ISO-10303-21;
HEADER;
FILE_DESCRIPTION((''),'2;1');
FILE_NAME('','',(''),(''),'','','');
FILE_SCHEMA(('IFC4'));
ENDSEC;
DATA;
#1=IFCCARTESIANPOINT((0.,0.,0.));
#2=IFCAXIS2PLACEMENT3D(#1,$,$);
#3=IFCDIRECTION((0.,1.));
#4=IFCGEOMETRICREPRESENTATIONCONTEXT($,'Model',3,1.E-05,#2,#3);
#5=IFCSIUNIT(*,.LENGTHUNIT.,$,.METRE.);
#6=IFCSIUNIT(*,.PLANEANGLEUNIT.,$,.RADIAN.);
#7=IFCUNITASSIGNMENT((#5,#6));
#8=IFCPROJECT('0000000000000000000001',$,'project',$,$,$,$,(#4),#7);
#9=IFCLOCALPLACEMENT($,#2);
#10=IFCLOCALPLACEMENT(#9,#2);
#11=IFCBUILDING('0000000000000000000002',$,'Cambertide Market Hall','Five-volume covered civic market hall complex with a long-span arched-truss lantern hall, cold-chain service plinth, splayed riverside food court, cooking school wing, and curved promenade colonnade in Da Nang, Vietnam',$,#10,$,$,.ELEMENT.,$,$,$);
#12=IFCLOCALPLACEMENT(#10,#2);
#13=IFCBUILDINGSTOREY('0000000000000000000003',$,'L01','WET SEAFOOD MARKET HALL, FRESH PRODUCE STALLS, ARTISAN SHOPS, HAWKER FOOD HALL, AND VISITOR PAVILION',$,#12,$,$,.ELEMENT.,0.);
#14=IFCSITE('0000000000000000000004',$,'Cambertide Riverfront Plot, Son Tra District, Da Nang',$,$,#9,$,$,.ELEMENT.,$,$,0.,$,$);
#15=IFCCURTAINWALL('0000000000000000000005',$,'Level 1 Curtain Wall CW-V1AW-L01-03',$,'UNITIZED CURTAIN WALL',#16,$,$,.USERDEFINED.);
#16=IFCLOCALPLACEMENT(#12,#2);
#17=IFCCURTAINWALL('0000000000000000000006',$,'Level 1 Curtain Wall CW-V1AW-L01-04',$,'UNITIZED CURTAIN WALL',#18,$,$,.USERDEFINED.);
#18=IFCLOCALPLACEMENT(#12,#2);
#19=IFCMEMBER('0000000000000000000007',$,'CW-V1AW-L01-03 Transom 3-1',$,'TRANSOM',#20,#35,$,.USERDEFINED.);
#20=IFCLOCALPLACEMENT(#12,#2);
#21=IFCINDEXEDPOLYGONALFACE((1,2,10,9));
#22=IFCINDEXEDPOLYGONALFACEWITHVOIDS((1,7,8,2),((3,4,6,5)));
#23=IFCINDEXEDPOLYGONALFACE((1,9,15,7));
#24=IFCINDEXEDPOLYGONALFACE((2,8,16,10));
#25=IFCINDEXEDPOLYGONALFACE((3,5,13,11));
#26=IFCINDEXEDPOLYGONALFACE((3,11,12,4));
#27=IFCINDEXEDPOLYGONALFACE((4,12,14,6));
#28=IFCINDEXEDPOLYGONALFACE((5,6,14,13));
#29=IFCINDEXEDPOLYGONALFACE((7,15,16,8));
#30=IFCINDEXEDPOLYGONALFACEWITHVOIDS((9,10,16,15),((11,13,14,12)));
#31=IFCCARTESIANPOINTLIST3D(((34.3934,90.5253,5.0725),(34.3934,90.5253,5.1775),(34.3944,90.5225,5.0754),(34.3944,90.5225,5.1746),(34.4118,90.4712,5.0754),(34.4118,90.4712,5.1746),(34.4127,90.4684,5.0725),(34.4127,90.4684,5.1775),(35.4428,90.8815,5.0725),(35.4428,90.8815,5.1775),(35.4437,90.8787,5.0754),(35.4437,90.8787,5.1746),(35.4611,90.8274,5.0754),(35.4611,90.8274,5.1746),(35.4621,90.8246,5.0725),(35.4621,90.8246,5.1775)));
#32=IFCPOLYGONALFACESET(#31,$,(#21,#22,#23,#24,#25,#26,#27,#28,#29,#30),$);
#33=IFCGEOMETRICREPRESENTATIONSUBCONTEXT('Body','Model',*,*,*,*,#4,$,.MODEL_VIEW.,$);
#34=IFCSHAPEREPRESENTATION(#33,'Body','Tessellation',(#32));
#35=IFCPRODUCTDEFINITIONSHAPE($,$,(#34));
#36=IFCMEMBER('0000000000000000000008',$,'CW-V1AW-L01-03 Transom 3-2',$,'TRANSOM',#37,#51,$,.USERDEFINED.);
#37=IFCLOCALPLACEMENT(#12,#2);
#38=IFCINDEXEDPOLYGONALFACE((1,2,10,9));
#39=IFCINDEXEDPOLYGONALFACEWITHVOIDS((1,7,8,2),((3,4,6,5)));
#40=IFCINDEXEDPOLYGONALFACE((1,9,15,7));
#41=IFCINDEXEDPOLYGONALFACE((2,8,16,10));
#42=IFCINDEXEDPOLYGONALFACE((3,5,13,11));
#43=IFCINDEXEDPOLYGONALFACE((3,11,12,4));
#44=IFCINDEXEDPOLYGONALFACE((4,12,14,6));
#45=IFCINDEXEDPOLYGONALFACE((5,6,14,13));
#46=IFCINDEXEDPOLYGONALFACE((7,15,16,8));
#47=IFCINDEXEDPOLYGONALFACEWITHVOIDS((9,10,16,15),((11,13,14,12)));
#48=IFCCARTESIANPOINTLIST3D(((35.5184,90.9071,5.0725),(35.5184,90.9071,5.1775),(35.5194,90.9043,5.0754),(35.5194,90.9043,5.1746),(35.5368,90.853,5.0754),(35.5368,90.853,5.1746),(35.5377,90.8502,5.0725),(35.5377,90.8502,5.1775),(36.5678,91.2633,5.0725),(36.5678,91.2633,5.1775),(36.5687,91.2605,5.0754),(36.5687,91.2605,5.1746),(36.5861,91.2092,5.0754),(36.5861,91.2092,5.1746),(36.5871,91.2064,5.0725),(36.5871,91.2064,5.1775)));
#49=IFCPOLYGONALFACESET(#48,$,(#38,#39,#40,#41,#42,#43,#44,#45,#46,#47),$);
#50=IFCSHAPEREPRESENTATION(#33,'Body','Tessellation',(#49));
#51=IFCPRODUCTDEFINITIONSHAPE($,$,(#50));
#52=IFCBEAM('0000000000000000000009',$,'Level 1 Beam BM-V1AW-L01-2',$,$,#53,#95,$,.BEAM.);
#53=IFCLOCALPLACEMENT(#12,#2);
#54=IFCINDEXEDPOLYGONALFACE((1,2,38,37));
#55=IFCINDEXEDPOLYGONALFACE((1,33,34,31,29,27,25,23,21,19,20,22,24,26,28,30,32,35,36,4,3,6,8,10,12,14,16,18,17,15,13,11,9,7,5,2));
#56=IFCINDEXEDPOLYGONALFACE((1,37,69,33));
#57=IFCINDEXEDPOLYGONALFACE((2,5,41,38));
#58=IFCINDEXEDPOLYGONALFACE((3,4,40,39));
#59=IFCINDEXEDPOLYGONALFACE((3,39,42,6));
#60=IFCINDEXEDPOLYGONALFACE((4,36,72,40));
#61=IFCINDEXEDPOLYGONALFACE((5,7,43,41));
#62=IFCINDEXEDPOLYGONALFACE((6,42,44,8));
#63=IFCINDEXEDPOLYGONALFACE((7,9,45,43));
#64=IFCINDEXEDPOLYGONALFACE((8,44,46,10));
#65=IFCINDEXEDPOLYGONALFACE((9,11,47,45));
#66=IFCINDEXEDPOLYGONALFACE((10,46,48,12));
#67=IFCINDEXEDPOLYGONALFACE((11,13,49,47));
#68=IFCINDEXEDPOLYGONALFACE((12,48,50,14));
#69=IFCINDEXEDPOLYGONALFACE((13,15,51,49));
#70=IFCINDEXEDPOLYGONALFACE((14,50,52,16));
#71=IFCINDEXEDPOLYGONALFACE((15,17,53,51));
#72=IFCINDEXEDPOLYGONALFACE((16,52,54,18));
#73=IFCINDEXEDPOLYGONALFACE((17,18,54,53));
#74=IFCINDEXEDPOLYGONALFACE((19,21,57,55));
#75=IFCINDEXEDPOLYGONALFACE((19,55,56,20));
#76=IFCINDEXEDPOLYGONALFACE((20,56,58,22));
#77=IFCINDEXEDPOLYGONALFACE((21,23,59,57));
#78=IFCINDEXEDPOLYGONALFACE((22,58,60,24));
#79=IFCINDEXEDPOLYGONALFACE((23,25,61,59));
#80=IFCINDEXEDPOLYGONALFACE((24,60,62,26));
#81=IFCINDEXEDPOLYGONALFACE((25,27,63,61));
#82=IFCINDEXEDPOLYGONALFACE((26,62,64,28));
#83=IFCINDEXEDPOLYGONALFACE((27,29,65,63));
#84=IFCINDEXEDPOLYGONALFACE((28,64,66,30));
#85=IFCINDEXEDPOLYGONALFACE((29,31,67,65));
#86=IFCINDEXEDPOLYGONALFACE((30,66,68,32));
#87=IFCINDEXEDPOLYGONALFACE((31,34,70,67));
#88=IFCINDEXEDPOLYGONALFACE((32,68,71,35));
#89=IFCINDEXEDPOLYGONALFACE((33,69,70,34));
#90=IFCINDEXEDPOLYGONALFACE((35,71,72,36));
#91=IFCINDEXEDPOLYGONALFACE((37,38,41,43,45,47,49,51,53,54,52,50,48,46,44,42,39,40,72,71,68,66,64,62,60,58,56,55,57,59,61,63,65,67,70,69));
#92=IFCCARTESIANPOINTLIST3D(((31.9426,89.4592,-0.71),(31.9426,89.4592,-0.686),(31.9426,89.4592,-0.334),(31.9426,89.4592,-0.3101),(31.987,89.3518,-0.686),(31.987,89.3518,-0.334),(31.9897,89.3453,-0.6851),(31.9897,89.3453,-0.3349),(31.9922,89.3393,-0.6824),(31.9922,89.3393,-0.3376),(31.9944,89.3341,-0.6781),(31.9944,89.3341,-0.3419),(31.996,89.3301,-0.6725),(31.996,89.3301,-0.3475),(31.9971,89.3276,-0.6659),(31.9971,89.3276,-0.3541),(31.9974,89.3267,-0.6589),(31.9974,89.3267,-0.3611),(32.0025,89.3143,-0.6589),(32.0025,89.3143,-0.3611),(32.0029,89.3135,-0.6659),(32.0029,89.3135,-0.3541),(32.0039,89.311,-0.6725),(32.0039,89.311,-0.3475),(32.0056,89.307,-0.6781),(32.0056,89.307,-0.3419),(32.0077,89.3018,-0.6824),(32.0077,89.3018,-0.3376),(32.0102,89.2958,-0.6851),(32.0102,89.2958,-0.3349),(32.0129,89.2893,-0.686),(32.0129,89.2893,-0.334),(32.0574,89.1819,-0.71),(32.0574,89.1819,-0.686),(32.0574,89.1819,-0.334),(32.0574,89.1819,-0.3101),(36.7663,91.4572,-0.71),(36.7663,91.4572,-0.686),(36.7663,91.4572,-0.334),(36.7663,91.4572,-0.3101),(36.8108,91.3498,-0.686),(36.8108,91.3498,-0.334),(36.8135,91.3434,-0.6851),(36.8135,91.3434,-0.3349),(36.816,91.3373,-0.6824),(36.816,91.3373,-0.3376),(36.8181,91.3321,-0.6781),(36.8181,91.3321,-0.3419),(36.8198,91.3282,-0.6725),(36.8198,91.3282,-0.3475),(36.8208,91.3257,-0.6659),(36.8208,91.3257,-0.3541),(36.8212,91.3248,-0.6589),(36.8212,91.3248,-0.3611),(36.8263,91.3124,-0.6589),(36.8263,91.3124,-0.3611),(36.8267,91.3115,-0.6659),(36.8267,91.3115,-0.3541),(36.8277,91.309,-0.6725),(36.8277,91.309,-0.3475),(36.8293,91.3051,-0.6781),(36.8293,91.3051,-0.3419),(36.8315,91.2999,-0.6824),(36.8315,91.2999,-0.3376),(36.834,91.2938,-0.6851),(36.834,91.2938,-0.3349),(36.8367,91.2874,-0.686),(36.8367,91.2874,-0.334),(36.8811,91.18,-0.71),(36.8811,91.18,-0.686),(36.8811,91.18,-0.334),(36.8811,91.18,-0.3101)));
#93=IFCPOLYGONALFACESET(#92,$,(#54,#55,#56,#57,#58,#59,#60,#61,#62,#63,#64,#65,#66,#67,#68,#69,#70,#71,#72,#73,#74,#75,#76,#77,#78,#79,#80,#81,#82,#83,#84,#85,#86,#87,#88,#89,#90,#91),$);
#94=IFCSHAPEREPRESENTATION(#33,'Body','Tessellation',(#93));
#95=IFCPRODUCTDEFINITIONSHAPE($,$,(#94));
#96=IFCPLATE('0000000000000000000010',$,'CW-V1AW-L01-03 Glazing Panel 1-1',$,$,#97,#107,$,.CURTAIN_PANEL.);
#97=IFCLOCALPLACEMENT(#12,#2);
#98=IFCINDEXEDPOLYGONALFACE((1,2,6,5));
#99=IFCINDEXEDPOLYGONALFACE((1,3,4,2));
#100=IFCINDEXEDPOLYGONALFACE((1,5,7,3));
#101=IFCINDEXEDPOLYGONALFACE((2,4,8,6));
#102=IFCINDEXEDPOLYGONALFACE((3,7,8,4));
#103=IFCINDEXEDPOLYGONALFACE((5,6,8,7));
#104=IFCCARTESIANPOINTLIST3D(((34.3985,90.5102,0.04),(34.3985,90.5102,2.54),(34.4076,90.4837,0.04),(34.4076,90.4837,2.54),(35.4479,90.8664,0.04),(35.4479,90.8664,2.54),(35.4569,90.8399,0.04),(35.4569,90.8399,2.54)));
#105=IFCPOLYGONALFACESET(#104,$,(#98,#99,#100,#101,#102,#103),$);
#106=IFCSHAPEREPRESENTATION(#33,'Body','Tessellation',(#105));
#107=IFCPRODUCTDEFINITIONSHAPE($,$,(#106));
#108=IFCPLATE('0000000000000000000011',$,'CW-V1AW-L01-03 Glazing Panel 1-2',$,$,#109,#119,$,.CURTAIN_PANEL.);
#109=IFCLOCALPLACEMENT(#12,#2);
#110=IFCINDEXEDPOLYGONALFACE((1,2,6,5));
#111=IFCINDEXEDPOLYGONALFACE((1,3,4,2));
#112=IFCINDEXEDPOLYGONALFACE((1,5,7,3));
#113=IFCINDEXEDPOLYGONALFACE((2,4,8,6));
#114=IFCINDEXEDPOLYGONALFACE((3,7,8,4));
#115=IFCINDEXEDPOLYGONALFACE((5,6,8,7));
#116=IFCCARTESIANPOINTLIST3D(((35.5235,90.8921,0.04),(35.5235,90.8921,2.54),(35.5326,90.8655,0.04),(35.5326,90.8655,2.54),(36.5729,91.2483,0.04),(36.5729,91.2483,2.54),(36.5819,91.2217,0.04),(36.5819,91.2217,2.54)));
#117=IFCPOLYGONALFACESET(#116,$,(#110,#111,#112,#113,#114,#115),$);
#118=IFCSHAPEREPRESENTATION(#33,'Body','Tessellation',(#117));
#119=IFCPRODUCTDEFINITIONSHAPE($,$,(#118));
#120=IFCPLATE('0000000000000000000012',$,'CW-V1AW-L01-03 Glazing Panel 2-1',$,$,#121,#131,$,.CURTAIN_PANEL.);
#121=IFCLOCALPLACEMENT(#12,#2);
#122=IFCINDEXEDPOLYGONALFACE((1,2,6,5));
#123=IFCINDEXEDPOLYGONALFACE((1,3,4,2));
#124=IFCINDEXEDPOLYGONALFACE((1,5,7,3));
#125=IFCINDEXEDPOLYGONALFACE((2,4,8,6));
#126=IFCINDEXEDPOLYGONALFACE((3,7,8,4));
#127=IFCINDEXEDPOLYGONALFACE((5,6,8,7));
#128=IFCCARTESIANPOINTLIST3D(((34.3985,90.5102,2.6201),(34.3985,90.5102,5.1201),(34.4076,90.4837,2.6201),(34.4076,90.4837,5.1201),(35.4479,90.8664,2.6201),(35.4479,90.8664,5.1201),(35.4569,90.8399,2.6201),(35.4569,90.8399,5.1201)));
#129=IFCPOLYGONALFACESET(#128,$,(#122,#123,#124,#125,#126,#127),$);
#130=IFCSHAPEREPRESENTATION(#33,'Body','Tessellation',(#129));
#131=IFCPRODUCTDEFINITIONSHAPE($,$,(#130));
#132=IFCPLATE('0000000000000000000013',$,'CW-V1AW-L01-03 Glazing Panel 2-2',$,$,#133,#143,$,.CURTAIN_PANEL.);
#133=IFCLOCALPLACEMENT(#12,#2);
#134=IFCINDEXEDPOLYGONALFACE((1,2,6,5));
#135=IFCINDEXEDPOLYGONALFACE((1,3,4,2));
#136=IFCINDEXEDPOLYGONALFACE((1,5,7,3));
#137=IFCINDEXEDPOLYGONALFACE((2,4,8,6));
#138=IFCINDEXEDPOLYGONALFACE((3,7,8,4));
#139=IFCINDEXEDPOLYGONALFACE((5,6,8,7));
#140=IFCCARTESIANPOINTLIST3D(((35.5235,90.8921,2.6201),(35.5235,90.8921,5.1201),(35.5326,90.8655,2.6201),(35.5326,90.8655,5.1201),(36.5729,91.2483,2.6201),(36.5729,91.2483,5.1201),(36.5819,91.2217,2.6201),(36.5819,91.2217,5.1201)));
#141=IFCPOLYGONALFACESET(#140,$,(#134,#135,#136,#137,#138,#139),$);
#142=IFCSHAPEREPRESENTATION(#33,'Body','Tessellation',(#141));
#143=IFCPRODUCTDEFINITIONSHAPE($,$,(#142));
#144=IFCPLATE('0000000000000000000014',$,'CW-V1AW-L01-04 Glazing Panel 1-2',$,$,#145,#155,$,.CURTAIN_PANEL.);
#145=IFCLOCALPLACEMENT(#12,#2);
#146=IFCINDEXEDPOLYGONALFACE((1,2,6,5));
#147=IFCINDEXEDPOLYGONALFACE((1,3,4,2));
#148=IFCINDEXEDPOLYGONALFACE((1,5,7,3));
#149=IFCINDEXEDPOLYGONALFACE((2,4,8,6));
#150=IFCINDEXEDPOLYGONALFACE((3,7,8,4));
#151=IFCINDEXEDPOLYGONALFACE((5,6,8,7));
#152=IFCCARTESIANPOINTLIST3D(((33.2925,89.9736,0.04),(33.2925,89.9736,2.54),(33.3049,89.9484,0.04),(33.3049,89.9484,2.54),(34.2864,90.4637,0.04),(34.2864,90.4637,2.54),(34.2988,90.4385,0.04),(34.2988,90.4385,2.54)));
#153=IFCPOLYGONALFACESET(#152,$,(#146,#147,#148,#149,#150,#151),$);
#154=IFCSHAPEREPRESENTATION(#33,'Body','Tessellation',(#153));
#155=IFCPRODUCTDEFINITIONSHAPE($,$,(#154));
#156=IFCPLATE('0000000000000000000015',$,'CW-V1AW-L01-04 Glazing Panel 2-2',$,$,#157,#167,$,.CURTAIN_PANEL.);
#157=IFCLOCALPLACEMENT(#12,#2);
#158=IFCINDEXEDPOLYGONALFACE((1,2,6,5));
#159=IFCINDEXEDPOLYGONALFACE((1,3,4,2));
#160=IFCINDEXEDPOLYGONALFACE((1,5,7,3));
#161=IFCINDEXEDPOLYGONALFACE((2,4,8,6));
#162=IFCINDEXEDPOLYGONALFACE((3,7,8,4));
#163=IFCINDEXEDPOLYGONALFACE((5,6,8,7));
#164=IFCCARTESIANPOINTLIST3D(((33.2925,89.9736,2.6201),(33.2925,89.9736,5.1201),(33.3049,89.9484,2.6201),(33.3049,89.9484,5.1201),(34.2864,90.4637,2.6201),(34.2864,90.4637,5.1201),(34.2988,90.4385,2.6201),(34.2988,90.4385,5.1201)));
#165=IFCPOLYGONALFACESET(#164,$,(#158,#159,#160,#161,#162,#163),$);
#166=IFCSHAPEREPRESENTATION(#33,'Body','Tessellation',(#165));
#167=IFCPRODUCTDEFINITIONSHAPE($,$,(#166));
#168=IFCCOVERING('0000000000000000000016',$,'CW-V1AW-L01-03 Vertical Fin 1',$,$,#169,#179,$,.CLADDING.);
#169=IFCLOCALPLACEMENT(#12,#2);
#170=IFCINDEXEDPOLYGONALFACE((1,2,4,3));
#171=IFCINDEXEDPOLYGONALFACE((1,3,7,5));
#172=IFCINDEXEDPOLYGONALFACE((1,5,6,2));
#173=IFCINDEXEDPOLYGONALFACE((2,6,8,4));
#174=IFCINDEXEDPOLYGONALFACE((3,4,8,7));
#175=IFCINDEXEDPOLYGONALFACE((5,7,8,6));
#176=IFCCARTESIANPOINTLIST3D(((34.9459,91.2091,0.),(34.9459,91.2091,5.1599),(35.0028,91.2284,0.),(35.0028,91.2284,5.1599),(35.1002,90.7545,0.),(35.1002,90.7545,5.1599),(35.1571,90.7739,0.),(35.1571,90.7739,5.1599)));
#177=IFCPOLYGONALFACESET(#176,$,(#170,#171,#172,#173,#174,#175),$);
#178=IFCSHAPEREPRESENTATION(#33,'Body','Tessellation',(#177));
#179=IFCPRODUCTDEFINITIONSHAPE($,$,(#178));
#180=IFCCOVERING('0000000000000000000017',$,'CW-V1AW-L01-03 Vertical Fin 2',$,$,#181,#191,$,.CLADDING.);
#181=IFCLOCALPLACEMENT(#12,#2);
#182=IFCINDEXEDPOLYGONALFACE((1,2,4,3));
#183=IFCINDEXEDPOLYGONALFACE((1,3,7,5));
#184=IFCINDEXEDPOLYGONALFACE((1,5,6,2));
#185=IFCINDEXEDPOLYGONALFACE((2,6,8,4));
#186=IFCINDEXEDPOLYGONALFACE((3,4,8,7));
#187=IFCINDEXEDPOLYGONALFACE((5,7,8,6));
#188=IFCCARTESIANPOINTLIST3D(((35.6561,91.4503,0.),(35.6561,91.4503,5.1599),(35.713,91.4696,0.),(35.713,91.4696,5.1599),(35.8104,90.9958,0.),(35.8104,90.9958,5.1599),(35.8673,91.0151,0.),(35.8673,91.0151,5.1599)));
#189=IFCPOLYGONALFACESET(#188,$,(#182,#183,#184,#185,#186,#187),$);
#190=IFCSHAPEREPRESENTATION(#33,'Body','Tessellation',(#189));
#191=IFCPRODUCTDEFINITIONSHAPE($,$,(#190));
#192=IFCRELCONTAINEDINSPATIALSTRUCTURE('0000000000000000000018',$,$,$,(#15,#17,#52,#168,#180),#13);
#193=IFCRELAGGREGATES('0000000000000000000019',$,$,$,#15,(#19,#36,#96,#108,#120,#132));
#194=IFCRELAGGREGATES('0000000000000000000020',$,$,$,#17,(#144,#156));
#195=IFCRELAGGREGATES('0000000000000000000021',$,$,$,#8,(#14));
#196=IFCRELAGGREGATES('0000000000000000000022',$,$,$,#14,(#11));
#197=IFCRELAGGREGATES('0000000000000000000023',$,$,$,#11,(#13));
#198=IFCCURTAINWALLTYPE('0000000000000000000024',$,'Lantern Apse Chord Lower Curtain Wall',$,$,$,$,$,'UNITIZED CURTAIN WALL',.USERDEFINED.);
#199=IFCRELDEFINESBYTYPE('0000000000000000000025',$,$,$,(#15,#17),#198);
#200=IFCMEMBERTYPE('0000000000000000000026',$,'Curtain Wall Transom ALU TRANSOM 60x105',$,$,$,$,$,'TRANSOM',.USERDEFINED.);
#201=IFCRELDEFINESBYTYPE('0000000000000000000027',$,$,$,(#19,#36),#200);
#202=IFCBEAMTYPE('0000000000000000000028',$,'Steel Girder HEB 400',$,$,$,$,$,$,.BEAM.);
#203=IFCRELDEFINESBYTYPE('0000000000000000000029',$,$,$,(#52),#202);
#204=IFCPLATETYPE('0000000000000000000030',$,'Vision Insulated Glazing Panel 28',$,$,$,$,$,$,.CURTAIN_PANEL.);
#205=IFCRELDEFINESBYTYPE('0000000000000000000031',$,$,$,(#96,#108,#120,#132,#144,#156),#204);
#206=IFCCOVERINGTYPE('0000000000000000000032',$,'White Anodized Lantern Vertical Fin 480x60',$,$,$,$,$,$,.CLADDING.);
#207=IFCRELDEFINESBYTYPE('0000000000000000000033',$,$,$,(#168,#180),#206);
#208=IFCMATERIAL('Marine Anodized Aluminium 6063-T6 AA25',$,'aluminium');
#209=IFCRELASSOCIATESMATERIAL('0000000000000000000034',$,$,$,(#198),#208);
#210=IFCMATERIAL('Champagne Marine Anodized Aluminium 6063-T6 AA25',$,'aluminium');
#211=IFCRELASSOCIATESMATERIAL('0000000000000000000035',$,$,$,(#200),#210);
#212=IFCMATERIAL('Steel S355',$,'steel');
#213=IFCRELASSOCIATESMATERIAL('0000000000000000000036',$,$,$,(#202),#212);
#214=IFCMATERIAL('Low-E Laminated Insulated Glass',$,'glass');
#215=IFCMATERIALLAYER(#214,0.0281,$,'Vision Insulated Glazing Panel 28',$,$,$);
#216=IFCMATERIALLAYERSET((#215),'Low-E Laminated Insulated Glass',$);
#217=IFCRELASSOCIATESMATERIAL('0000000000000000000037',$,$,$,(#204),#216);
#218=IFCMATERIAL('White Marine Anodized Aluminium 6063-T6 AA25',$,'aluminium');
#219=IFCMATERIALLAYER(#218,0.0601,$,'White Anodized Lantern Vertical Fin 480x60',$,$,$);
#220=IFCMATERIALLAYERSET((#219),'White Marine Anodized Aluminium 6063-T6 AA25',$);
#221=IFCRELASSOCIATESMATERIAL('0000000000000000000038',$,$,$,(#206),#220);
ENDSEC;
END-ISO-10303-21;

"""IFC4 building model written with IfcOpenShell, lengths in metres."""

from ifc_helpers import new_model, si_unit, direction, frame, origin, origin_2d, place, context, subcontext, project, spatial, rectangle, hollow_rectangle, i_section, extrude, material, layer, layer_set, material_profile, profile_set, type_object, element, aggregate, save


model = new_model("IFC4")

# Units and contexts
model_context = context("Model", 3, precision=1e-05, world=origin(), true_north=direction((0.0, 1.0)))
body_context = subcontext(model_context, "Body", "Model", "MODEL_VIEW")
ifc_project = project(units=[si_unit("LENGTHUNIT", "METRE"), si_unit("PLANEANGLEUNIT", "RADIAN")], contexts=[model_context])

# Site, building, storey
site_placement = place(None, origin())
site = spatial("IfcSite", under=ifc_project, at=site_placement, Name="Cambertide Riverfront Plot, Son Tra District, Da Nang", CompositionType="ELEMENT", RefElevation=0.0)
building_placement = place(site_placement, origin())
building = spatial("IfcBuilding", under=site, at=building_placement, Name="Cambertide Market Hall", Description="Five-volume covered civic market hall complex with a long-span arched-truss lantern hall, cold-chain service plinth, splayed riverside food court, cooking school wing, and curved promenade colonnade in Da Nang, Vietnam", CompositionType="ELEMENT")
storey_placement = place(building_placement, origin())
storey = spatial("IfcBuildingStorey", under=building, at=storey_placement, Name="L01", Description="WET SEAFOOD MARKET HALL, FRESH PRODUCE STALLS, ARTISAN SHOPS, HAWKER FOOD HALL, AND VISITOR PAVILION", CompositionType="ELEMENT", Elevation=0.0)

# Curtain wall
ifc_material_1 = material(Name="Marine Anodized Aluminium 6063-T6 AA25", Category="aluminium")
curtain_wall_type = type_object("IfcCurtainWallType", Name="Lantern Apse Chord Lower Curtain Wall", ElementType="UNITIZED CURTAIN WALL", PredefinedType="USERDEFINED", material=ifc_material_1)
curtain_wall_1_placement = place(storey_placement, origin())
curtain_wall_1 = element("IfcCurtainWall", 1, at=curtain_wall_1_placement, inside=storey, type_object=curtain_wall_type, Name="Level 1 Curtain Wall CW-V1AW-L01-03", ObjectType="UNITIZED CURTAIN WALL", PredefinedType="USERDEFINED")

# Curtain wall
curtain_wall_2_placement = place(storey_placement, origin())
curtain_wall_2 = element("IfcCurtainWall", 2, at=curtain_wall_2_placement, inside=storey, type_object=curtain_wall_type, Name="Level 1 Curtain Wall CW-V1AW-L01-04", ObjectType="UNITIZED CURTAIN WALL", PredefinedType="USERDEFINED")

# Members
ifc_material_2 = material(Name="Champagne Marine Anodized Aluminium 6063-T6 AA25", Category="aluminium")
ifc_material_profile_1 = material_profile(ifc_material_2, hollow_rectangle(XDim=0.0601, YDim=0.105, WallThickness=0.0029, at=origin_2d()), Name="ALU TRANSOM 60x105")
ifc_profile_set_1 = profile_set([ifc_material_profile_1], Name="Champagne Marine Anodized Aluminium 6063-T6 AA25")
member_type_1 = type_object("IfcMemberType", Name="Curtain Wall Transom ALU TRANSOM 60x105", ElementType="TRANSOM", PredefinedType="USERDEFINED", material=ifc_profile_set_1)
member_1_placement = place(storey_placement, frame((34.4031, 90.4968, 5.125), z_axis=(0.946928, 0.321445, 0.0), x_axis=(-0.321445, 0.946928, 0.0)))
member_1 = element("IfcMember", 3, at=member_1_placement, type_object=member_type_1, Name="CW-V1AW-L01-03 Transom 3-1", ObjectType="TRANSOM", PredefinedType="USERDEFINED", context=body_context, shape_type="SweptSolid", body=[
    extrude(hollow_rectangle(XDim=0.0601, YDim=0.105, WallThickness=0.0029, at=origin_2d()), origin(), (0.0, 0.0, 1.0), 1.1082),
])
member_2_placement = place(storey_placement, frame((35.5281, 90.8787, 5.125), z_axis=(0.946928, 0.321445, 0.0), x_axis=(-0.321445, 0.946928, 0.0)))
member_2 = element("IfcMember", 4, at=member_2_placement, type_object=member_type_1, Name="CW-V1AW-L01-03 Transom 3-2", ObjectType="TRANSOM", PredefinedType="USERDEFINED", context=body_context, shape_type="SweptSolid", body=[
    extrude(hollow_rectangle(XDim=0.0601, YDim=0.105, WallThickness=0.0029, at=origin_2d()), origin(), (0.0, 0.0, 1.0), 1.1082),
])

# Beam
ifc_material_3 = material(Name="Steel S355", Category="steel")
ifc_material_profile_2 = material_profile(ifc_material_3, i_section(OverallWidth=0.3, OverallDepth=0.3999, WebThickness=0.0134, FlangeThickness=0.0239, FilletRadius=0.0271, at=origin_2d()), Name="HEB 400")
ifc_profile_set_2 = profile_set([ifc_material_profile_2], Name="Steel S355")
beam_type = type_object("IfcBeamType", Name="Steel Girder HEB 400", PredefinedType="BEAM", material=ifc_profile_set_2)
beam_placement = place(storey_placement, frame((36.8237, 91.3186, -0.51), z_axis=(-0.92388, -0.382682, 0.0), x_axis=(0.382682, -0.92388, 0.0)))
element("IfcBeam", 5, at=beam_placement, inside=storey, type_object=beam_type, Name="Level 1 Beam BM-V1AW-L01-2", PredefinedType="BEAM", context=body_context, shape_type="SweptSolid", body=[
    extrude(i_section(OverallWidth=0.3, OverallDepth=0.3999, WebThickness=0.0134, FlangeThickness=0.0239, FilletRadius=0.0271, at=origin_2d()), origin(), (0.0, 0.0, 1.0), 5.2212),
])

# Plates
ifc_material_4 = material(Name="Low-E Laminated Insulated Glass", Category="glass")
ifc_layer_1 = layer(ifc_material_4, 0.0281, Name="Vision Insulated Glazing Panel 28")
ifc_layer_set_1 = layer_set([ifc_layer_1], Name="Low-E Laminated Insulated Glass")
plate_type = type_object("IfcPlateType", Name="Vision Insulated Glazing Panel 28", PredefinedType="CURTAIN_PANEL", material=ifc_layer_set_1)
plate_1_placement = place(storey_placement, frame((34.9277, 90.675, 0.04), z_axis=(0.0, 0.0, 1.0), x_axis=(0.94693, 0.321439, 0.0)))
plate_1 = element("IfcPlate", 6, at=plate_1_placement, type_object=plate_type, Name="CW-V1AW-L01-03 Glazing Panel 1-1", PredefinedType="CURTAIN_PANEL", context=body_context, shape_type="SweptSolid", body=[
    extrude(rectangle(XDim=1.1082, YDim=0.0281, at=origin_2d()), origin(), (0.0, 0.0, 1.0), 2.5),
])
plate_2_placement = place(storey_placement, frame((36.0527, 91.0569, 0.04), z_axis=(0.0, 0.0, 1.0), x_axis=(0.94693, 0.321439, 0.0)))
plate_2 = element("IfcPlate", 7, at=plate_2_placement, type_object=plate_type, Name="CW-V1AW-L01-03 Glazing Panel 1-2", PredefinedType="CURTAIN_PANEL", context=body_context, shape_type="SweptSolid", body=[
    extrude(rectangle(XDim=1.1082, YDim=0.0281, at=origin_2d()), origin(), (0.0, 0.0, 1.0), 2.5),
])
plate_3_placement = place(storey_placement, frame((34.9277, 90.675, 2.6201), z_axis=(0.0, 0.0, 1.0), x_axis=(0.94693, 0.321439, 0.0)))
plate_3 = element("IfcPlate", 8, at=plate_3_placement, type_object=plate_type, Name="CW-V1AW-L01-03 Glazing Panel 2-1", PredefinedType="CURTAIN_PANEL", context=body_context, shape_type="SweptSolid", body=[
    extrude(rectangle(XDim=1.1082, YDim=0.0281, at=origin_2d()), origin(), (0.0, 0.0, 1.0), 2.5),
])
plate_4_placement = place(storey_placement, frame((36.0527, 91.0569, 2.6201), z_axis=(0.0, 0.0, 1.0), x_axis=(0.94693, 0.321439, 0.0)))
plate_4 = element("IfcPlate", 9, at=plate_4_placement, type_object=plate_type, Name="CW-V1AW-L01-03 Glazing Panel 2-2", PredefinedType="CURTAIN_PANEL", context=body_context, shape_type="SweptSolid", body=[
    extrude(rectangle(XDim=1.1082, YDim=0.0281, at=origin_2d()), origin(), (0.0, 0.0, 1.0), 2.5),
])
aggregate(curtain_wall_1, [member_1, member_2, plate_1, plate_2, plate_3, plate_4])
plate_5_placement = place(storey_placement, frame((33.7957, 90.2061, 0.04), z_axis=(0.0, 0.0, 1.0), x_axis=(0.896873, 0.442289, 0.0)))
plate_5 = element("IfcPlate", 10, at=plate_5_placement, type_object=plate_type, Name="CW-V1AW-L01-04 Glazing Panel 1-2", PredefinedType="CURTAIN_PANEL", context=body_context, shape_type="SweptSolid", body=[
    extrude(rectangle(XDim=1.1082, YDim=0.0281, at=origin_2d()), origin(), (0.0, 0.0, 1.0), 2.5),
])
plate_6_placement = place(storey_placement, frame((33.7957, 90.2061, 2.6201), z_axis=(0.0, 0.0, 1.0), x_axis=(0.896873, 0.442289, 0.0)))
plate_6 = element("IfcPlate", 11, at=plate_6_placement, type_object=plate_type, Name="CW-V1AW-L01-04 Glazing Panel 2-2", PredefinedType="CURTAIN_PANEL", context=body_context, shape_type="SweptSolid", body=[
    extrude(rectangle(XDim=1.1082, YDim=0.0281, at=origin_2d()), origin(), (0.0, 0.0, 1.0), 2.5),
])
aggregate(curtain_wall_2, [plate_5, plate_6])

# Coverings
ifc_material_5 = material(Name="White Marine Anodized Aluminium 6063-T6 AA25", Category="aluminium")
ifc_layer_2 = layer(ifc_material_5, 0.0601, Name="White Anodized Lantern Vertical Fin 480x60")
ifc_layer_set_2 = layer_set([ifc_layer_2], Name="White Marine Anodized Aluminium 6063-T6 AA25")
covering_type = type_object("IfcCoveringType", Name="White Anodized Lantern Vertical Fin 480x60", PredefinedType="CLADDING", material=ifc_layer_set_2)
for number, where, z_axis, x_axis, name in (
    (12, (35.0515, 90.9915, 0.0), (0.0, 0.0, 1.0), (0.94693, 0.321439, 0.0), "CW-V1AW-L01-03 Vertical Fin 1"),
    (13, (35.7617, 91.2327, 0.0), (0.0, 0.0, 1.0), (0.94693, 0.321439, 0.0), "CW-V1AW-L01-03 Vertical Fin 2"),
):
    element("IfcCovering", number, at=place(storey_placement, frame(where, z_axis=z_axis, x_axis=x_axis)), inside=storey, type_object=covering_type, Name=name, PredefinedType="CLADDING", context=body_context, shape_type="SweptSolid", body=[
        extrude(rectangle(XDim=0.0601, YDim=0.48, at=origin_2d()), origin(), (0.0, 0.0, 1.0), 5.1599),
    ])

save(model, "model.ifc")
